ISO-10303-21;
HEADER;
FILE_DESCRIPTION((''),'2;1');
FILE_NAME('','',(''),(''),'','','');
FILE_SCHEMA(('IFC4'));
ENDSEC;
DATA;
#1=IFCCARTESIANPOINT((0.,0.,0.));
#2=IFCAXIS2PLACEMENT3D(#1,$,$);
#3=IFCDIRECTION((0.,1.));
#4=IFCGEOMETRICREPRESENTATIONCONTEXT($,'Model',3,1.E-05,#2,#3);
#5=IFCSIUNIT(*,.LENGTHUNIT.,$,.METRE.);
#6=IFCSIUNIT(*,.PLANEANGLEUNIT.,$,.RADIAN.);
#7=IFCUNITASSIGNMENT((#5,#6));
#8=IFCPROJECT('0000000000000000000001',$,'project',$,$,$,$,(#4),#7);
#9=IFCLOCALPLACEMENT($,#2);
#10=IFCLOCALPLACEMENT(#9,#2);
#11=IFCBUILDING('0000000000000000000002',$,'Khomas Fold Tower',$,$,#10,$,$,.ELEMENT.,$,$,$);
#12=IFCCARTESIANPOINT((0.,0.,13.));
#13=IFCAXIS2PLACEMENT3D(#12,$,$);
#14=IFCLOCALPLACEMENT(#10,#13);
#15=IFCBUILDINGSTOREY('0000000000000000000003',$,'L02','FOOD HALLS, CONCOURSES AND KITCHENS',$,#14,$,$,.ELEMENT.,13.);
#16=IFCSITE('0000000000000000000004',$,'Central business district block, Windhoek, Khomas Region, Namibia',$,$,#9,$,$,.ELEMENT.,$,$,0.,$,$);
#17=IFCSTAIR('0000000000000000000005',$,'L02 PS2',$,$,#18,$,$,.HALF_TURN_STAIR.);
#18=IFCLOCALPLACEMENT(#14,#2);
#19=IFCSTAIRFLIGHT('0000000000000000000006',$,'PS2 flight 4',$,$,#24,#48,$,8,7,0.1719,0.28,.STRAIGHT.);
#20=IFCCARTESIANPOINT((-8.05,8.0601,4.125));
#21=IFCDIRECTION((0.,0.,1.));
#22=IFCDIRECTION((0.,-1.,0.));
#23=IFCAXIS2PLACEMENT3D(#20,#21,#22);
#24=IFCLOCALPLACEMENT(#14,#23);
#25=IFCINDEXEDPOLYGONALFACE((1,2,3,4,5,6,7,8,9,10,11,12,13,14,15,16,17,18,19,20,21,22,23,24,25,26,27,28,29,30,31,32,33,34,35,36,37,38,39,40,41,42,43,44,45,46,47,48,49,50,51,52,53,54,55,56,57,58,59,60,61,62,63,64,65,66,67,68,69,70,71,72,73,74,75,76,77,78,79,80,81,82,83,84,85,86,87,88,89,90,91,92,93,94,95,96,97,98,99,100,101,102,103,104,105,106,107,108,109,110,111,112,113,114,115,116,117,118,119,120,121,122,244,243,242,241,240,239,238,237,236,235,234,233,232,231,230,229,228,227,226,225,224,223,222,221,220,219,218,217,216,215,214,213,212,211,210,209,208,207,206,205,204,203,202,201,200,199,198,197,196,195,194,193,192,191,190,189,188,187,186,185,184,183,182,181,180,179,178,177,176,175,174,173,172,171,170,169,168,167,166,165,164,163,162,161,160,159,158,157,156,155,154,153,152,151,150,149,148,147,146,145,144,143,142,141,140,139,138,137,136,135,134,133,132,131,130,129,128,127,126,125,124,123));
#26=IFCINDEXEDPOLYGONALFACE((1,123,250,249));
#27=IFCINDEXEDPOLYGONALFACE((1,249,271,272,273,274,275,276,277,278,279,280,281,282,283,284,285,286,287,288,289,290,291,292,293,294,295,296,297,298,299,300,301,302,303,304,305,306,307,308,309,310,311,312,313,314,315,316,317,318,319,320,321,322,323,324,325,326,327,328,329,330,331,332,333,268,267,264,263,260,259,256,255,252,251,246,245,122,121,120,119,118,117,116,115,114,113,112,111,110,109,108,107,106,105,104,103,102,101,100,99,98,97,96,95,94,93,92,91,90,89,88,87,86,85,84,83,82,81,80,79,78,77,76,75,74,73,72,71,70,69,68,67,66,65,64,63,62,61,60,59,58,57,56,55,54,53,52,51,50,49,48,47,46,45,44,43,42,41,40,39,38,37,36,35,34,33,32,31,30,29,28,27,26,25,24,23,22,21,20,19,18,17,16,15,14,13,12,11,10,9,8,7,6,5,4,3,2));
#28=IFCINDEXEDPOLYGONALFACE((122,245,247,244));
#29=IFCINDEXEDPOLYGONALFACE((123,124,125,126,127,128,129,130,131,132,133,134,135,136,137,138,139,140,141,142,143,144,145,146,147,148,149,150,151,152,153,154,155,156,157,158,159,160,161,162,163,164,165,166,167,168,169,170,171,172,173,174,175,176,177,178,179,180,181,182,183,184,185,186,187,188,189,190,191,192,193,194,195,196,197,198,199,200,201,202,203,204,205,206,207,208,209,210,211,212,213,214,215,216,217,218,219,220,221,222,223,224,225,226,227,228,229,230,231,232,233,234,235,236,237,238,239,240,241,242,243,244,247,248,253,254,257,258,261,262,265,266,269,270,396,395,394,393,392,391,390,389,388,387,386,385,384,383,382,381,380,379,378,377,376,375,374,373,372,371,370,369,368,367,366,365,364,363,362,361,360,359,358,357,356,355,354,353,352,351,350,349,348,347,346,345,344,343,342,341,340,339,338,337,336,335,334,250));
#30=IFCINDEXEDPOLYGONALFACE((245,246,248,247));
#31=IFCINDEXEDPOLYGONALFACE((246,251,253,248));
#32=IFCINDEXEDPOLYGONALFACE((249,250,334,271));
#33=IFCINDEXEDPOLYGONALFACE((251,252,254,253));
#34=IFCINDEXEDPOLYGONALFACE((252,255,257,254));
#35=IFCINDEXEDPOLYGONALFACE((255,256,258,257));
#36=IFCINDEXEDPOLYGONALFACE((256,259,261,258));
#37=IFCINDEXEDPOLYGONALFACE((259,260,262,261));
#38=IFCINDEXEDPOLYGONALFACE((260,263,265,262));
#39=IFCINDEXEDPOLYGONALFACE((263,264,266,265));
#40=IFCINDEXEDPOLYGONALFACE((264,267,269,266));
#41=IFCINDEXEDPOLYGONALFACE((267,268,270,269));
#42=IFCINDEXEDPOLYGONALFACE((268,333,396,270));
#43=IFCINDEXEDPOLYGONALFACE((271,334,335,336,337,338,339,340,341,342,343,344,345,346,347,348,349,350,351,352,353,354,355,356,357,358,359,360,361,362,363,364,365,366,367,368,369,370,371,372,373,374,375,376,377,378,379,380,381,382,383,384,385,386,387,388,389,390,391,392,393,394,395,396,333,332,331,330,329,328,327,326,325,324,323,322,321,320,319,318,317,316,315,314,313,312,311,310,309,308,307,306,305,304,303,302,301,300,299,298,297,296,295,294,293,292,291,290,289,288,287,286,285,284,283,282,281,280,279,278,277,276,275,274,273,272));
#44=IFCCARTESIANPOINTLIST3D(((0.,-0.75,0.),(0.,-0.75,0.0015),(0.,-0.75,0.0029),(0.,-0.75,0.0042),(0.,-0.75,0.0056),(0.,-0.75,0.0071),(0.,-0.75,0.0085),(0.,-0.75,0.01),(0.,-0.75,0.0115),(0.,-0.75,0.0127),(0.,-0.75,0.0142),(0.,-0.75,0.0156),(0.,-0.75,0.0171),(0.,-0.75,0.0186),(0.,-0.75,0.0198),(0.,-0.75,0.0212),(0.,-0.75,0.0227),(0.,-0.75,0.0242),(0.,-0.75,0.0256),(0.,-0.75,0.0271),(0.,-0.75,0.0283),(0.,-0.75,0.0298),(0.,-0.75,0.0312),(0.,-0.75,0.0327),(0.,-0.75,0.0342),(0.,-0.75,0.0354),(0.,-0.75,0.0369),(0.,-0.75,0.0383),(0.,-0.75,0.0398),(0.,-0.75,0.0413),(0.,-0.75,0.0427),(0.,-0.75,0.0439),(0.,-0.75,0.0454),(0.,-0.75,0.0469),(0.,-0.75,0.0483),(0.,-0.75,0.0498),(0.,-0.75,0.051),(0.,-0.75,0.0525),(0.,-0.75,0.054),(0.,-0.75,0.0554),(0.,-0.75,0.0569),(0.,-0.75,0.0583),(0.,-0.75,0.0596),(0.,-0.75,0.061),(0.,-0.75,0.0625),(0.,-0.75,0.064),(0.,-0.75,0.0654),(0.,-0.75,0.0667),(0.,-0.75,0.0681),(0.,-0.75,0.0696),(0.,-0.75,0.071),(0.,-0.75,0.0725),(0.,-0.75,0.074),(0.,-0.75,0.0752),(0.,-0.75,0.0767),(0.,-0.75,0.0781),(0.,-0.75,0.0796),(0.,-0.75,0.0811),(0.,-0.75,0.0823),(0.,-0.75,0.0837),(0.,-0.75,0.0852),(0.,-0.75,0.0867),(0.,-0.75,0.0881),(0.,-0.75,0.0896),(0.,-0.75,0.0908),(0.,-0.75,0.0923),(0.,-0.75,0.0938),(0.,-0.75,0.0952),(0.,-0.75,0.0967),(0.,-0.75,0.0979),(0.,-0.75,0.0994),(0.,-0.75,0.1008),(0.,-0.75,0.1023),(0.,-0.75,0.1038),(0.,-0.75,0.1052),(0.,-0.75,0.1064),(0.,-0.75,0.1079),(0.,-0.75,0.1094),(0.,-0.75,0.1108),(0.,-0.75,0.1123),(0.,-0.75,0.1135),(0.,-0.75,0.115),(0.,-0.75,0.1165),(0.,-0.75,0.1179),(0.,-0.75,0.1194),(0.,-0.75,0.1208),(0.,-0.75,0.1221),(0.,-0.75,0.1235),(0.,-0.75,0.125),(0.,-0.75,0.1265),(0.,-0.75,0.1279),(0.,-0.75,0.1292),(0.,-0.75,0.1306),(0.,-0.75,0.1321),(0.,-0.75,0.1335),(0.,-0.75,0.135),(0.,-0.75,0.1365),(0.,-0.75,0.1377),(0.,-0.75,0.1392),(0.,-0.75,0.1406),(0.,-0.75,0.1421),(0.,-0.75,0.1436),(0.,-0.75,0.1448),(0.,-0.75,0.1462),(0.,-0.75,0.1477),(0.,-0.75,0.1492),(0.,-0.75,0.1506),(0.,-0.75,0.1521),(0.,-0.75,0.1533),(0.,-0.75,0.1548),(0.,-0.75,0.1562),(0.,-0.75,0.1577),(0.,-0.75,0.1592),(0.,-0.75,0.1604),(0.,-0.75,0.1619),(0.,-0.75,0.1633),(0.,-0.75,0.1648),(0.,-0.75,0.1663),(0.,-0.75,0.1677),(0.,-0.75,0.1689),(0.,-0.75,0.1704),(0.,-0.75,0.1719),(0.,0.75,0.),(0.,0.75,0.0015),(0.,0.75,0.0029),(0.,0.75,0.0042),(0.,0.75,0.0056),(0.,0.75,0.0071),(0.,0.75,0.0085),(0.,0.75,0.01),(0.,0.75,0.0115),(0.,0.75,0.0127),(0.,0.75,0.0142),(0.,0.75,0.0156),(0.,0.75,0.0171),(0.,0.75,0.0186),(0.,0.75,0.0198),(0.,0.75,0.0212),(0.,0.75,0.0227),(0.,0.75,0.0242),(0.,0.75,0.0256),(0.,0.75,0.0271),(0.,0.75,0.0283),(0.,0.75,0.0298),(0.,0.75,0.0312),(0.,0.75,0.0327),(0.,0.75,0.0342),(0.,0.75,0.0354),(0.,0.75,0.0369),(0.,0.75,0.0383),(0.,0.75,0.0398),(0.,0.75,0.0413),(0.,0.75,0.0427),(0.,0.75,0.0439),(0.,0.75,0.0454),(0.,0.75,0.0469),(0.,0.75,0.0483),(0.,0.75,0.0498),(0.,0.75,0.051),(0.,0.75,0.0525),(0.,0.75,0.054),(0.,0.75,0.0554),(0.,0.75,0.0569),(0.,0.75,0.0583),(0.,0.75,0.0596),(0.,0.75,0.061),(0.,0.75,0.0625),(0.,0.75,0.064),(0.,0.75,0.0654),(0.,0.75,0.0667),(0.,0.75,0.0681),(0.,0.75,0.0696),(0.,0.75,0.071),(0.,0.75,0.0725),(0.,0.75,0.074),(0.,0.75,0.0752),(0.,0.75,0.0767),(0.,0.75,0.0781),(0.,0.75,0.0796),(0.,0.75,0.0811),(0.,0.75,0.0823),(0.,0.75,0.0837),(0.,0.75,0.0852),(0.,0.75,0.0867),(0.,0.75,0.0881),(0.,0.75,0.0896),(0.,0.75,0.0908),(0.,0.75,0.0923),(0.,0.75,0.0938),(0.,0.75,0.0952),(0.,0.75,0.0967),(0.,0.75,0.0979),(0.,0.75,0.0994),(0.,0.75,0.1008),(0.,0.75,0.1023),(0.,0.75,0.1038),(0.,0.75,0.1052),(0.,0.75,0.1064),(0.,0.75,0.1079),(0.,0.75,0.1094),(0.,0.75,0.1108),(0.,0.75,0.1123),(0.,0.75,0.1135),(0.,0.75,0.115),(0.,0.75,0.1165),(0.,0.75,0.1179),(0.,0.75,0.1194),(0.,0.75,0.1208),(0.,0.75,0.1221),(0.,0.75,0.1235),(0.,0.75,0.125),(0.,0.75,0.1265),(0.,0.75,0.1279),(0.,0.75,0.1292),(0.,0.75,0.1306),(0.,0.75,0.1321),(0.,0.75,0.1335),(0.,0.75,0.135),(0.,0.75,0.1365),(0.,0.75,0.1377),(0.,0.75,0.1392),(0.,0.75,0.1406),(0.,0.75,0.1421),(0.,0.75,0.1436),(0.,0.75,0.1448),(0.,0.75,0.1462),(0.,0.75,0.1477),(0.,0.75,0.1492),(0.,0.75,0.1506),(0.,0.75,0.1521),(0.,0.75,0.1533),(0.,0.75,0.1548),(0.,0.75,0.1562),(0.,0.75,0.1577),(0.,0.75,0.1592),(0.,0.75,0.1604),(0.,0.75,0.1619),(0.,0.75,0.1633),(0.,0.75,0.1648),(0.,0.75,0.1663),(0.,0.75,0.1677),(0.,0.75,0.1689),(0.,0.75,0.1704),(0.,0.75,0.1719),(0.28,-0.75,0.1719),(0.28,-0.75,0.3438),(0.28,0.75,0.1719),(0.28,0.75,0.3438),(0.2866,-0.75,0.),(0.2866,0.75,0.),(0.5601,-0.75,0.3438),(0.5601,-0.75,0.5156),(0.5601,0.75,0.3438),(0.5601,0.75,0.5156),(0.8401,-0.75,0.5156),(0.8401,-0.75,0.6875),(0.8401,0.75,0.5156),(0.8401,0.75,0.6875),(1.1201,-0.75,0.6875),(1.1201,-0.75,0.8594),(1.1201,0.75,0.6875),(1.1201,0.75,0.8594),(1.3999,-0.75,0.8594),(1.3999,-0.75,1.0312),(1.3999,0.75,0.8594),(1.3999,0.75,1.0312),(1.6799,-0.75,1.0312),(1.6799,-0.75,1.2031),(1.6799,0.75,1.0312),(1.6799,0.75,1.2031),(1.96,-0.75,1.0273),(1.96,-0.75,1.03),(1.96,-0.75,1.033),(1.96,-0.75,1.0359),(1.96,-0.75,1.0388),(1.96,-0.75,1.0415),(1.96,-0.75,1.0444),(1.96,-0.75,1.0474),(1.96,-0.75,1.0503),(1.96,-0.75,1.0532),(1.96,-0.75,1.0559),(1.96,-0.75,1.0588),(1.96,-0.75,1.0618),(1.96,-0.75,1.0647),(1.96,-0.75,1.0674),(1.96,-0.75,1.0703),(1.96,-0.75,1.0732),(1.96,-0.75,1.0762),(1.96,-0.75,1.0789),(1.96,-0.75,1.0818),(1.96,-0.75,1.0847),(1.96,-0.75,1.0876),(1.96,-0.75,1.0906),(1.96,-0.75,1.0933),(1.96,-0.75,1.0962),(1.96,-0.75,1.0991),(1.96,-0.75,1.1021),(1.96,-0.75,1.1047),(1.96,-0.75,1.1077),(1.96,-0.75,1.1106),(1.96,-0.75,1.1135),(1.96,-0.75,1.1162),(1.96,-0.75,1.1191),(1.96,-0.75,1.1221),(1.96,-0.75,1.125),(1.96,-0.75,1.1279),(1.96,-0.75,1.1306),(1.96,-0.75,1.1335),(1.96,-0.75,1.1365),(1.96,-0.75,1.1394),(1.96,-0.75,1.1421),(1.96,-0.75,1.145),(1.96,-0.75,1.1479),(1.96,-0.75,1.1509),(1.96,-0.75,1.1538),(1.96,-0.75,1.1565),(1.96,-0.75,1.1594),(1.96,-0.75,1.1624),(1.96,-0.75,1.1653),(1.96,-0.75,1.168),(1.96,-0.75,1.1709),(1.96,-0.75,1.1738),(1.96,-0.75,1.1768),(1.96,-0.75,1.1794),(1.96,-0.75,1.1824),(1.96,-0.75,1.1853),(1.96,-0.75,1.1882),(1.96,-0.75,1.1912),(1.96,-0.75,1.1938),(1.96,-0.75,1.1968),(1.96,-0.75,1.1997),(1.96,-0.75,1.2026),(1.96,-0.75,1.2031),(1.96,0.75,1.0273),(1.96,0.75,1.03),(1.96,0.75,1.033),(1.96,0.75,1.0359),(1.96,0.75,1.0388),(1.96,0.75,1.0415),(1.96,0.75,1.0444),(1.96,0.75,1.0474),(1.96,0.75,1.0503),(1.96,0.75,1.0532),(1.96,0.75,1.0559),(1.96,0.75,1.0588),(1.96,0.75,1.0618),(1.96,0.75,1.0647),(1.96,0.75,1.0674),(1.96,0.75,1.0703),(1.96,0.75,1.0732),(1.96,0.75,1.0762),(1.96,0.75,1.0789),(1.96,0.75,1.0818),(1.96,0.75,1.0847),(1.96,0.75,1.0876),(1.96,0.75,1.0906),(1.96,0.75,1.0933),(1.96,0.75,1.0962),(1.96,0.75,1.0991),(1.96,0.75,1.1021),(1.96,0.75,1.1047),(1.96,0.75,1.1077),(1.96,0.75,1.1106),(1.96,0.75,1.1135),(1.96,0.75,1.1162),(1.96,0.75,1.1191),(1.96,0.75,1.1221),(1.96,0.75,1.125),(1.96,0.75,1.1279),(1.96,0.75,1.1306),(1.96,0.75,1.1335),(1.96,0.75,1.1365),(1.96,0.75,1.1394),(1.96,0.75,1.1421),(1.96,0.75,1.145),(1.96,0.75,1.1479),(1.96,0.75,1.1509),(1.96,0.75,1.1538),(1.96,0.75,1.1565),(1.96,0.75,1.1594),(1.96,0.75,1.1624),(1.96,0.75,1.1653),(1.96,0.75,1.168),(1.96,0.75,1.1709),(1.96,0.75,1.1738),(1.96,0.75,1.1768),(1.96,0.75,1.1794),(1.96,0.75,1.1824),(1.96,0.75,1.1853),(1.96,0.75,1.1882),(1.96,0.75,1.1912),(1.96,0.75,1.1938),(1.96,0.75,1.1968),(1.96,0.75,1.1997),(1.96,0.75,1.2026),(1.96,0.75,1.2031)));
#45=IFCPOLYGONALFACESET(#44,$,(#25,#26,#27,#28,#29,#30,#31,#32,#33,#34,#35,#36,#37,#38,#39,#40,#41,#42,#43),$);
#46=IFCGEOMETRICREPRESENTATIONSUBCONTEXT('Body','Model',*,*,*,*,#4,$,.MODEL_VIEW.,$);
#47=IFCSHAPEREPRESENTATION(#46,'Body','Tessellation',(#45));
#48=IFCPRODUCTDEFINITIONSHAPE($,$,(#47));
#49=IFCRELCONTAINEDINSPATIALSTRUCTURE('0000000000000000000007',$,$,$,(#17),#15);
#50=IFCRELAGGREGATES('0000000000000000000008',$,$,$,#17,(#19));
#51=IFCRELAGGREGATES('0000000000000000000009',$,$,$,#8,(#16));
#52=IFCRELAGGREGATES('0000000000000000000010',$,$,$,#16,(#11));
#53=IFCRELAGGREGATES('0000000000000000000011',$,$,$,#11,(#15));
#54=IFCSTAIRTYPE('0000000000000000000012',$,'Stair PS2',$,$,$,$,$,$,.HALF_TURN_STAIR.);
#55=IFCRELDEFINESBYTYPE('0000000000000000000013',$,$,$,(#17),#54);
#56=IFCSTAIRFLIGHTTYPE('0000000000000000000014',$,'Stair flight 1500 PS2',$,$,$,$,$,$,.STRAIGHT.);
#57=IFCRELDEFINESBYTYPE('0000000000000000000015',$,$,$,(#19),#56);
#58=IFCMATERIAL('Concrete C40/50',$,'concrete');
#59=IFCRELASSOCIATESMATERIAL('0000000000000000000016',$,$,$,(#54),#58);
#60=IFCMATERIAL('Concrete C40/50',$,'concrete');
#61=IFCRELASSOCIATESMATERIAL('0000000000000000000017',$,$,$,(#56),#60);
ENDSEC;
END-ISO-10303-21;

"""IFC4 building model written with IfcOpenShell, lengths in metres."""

from ifc_helpers import new_model, si_unit, direction, frame, origin, place, context, subcontext, project, spatial, polyline, outline, extrude, source, transform, mapped, material, type_object, element, aggregate, save


model = new_model("IFC4")

# Units and contexts
model_context = context("Model", 3, precision=1e-05, world=origin(), true_north=direction((0.0, 1.0)))
body_context = subcontext(model_context, "Body", "Model", "MODEL_VIEW")
ifc_project = project(units=[si_unit("LENGTHUNIT", "METRE"), si_unit("PLANEANGLEUNIT", "RADIAN")], contexts=[model_context])

# Site, building, storey
site_placement = place(None, origin())
site = spatial("IfcSite", under=ifc_project, at=site_placement, Name="Central business district block, Windhoek, Khomas Region, Namibia", CompositionType="ELEMENT", RefElevation=0.0)
building_placement = place(site_placement, origin())
building = spatial("IfcBuilding", under=site, at=building_placement, Name="Khomas Fold Tower", CompositionType="ELEMENT")
storey_placement = place(building_placement, frame((0.0, 0.0, 13.0)))
storey = spatial("IfcBuildingStorey", under=building, at=storey_placement, Name="L02", Description="FOOD HALLS, CONCOURSES AND KITCHENS", CompositionType="ELEMENT", Elevation=13.0)

# Stair, stair flight
ifc_material_1 = material(Name="Concrete C40/50", Category="concrete")
stair_type = type_object("IfcStairType", Name="Stair PS2", PredefinedType="HALF_TURN_STAIR", material=ifc_material_1)
stair_placement = place(storey_placement, origin())
stair = element("IfcStair", 1, at=stair_placement, inside=storey, type_object=stair_type, Name="L02 PS2", PredefinedType="HALF_TURN_STAIR")
ifc_material_2 = material(Name="Concrete C40/50", Category="concrete")
stair_flight_type = type_object("IfcStairFlightType", Name="Stair flight 1500 PS2", PredefinedType="STRAIGHT", material=ifc_material_2)
shared_shape_1 = source(origin(), body_context, "Body", "SweptSolid", [
    extrude(outline(polyline([(0.0, 0.0), (0.0, 0.0015), (0.0, 0.0029), (0.0, 0.0042), (0.0, 0.0056), (0.0, 0.0071), (0.0, 0.0085), (0.0, 0.01), (0.0, 0.0115), (0.0, 0.0127), (0.0, 0.0142), (0.0, 0.0156), (0.0, 0.0171), (0.0, 0.0186), (0.0, 0.0198), (0.0, 0.0212), (0.0, 0.0227), (0.0, 0.0242), (0.0, 0.0256), (0.0, 0.0271), (0.0, 0.0283), (0.0, 0.0298), (0.0, 0.0312), (0.0, 0.0327), (0.0, 0.0342), (0.0, 0.0354), (0.0, 0.0369), (0.0, 0.0383), (0.0, 0.0398), (0.0, 0.0413), (0.0, 0.0427), (0.0, 0.0439), (0.0, 0.0454), (0.0, 0.0469), (0.0, 0.0483), (0.0, 0.0498), (0.0, 0.051), (0.0, 0.0525), (0.0, 0.054), (0.0, 0.0554), (0.0, 0.0569), (0.0, 0.0583), (0.0, 0.0596), (0.0, 0.061), (0.0, 0.0625), (0.0, 0.064), (0.0, 0.0654), (0.0, 0.0667), (0.0, 0.0681), (0.0, 0.0696), (0.0, 0.071), (0.0, 0.0725), (0.0, 0.074), (0.0, 0.0752), (0.0, 0.0767), (0.0, 0.0781), (0.0, 0.0796), (0.0, 0.0811), (0.0, 0.0823), (0.0, 0.0837), (0.0, 0.0852), (0.0, 0.0867), (0.0, 0.0881), (0.0, 0.0896), (0.0, 0.0908), (0.0, 0.0923), (0.0, 0.0938), (0.0, 0.0952), (0.0, 0.0967), (0.0, 0.0979), (0.0, 0.0994), (0.0, 0.1008), (0.0, 0.1023), (0.0, 0.1038), (0.0, 0.1052), (0.0, 0.1064), (0.0, 0.1079), (0.0, 0.1094), (0.0, 0.1108), (0.0, 0.1123), (0.0, 0.1135), (0.0, 0.115), (0.0, 0.1165), (0.0, 0.1179), (0.0, 0.1194), (0.0, 0.1208), (0.0, 0.1221), (0.0, 0.1235), (0.0, 0.125), (0.0, 0.1265), (0.0, 0.1279), (0.0, 0.1292), (0.0, 0.1306), (0.0, 0.1321), (0.0, 0.1335), (0.0, 0.135), (0.0, 0.1365), (0.0, 0.1377), (0.0, 0.1392), (0.0, 0.1406), (0.0, 0.1421), (0.0, 0.1436), (0.0, 0.1448), (0.0, 0.1462), (0.0, 0.1477), (0.0, 0.1492), (0.0, 0.1506), (0.0, 0.1521), (0.0, 0.1533), (0.0, 0.1548), (0.0, 0.1562), (0.0, 0.1577), (0.0, 0.1592), (0.0, 0.1604), (0.0, 0.1619), (0.0, 0.1633), (0.0, 0.1648), (0.0, 0.1663), (0.0, 0.1677), (0.0, 0.1689), (0.0, 0.1704), (0.0, 0.1719), (0.28, 0.1719), (0.28, 0.3438), (0.5601, 0.3438), (0.5601, 0.5156), (0.8401, 0.5156), (0.8401, 0.6875), (1.1201, 0.6875), (1.1201, 0.8594), (1.3999, 0.8594), (1.3999, 1.0312), (1.6799, 1.0312), (1.6799, 1.2031), (1.96, 1.2031), (1.96, 1.375), (1.96, 1.3721), (1.96, 1.3691), (1.96, 1.3665), (1.96, 1.3635), (1.96, 1.3606), (1.96, 1.3577), (1.96, 1.355), (1.96, 1.3521), (1.96, 1.3491), (1.96, 1.3462), (1.96, 1.3435), (1.96, 1.3406), (1.96, 1.3376), (1.96, 1.3347), (1.96, 1.3318), (1.96, 1.3291), (1.96, 1.3262), (1.96, 1.3232), (1.96, 1.3203), (1.96, 1.3176), (1.96, 1.3147), (1.96, 1.3118), (1.96, 1.3088), (1.96, 1.3059), (1.96, 1.3032), (1.96, 1.3003), (1.96, 1.2974), (1.96, 1.2944), (1.96, 1.2917), (1.96, 1.2888), (1.96, 1.2859), (1.96, 1.283), (1.96, 1.2803), (1.96, 1.2773), (1.96, 1.2744), (1.96, 1.2715), (1.96, 1.2686), (1.96, 1.2659), (1.96, 1.2629), (1.96, 1.26), (1.96, 1.2571), (1.96, 1.2544), (1.96, 1.2515), (1.96, 1.2485), (1.96, 1.2456), (1.96, 1.2427), (1.96, 1.24), (1.96, 1.2371), (1.96, 1.2341), (1.96, 1.2312), (1.96, 1.2285), (1.96, 1.2256), (1.96, 1.2227), (1.96, 1.2197), (1.96, 1.217), (1.96, 1.2141), (1.96, 1.2112), (1.96, 1.2083), (1.96, 1.2053), (1.96, 1.2026), (1.96, 1.1997), (1.96, 1.1968), (1.96, 1.1938), (1.96, 1.1912), (1.96, 1.1882), (1.96, 1.1853), (1.96, 1.1824), (1.96, 1.1794), (1.96, 1.1768), (1.96, 1.1738), (1.96, 1.1709), (1.96, 1.168), (1.96, 1.1653), (1.96, 1.1624), (1.96, 1.1594), (1.96, 1.1565), (1.96, 1.1538), (1.96, 1.1509), (1.96, 1.1479), (1.96, 1.145), (1.96, 1.1421), (1.96, 1.1394), (1.96, 1.1365), (1.96, 1.1335), (1.96, 1.1306), (1.96, 1.1279), (1.96, 1.125), (1.96, 1.1221), (1.96, 1.1191), (1.96, 1.1162), (1.96, 1.1135), (1.96, 1.1106), (1.96, 1.1077), (1.96, 1.1047), (1.96, 1.1021), (1.96, 1.0991), (1.96, 1.0962), (1.96, 1.0933), (1.96, 1.0906), (1.96, 1.0876), (1.96, 1.0847), (1.96, 1.0818), (1.96, 1.0789), (1.96, 1.0762), (1.96, 1.0732), (1.96, 1.0703), (1.96, 1.0674), (1.96, 1.0647), (1.96, 1.0618), (1.96, 1.0588), (1.96, 1.0559), (1.96, 1.0532), (1.96, 1.0503), (1.96, 1.0474), (1.96, 1.0444), (1.96, 1.0415), (1.96, 1.0388), (1.96, 1.0359), (1.96, 1.033), (1.96, 1.03), (1.96, 1.0273), (0.2866, 0.0), (0.0, 0.0)])), frame((0.0, 0.75, 0.0), z_axis=(0.0, -1.0, 0.0), x_axis=(1.0, 0.0, 0.0)), (0.0, 0.0, 1.0), 1.5),
])
stair_flight_1_placement = place(storey_placement, frame((-8.05, 8.0601, 4.125), z_axis=(0.0, 0.0, 1.0), x_axis=(0.0, -1.0, 0.0)))
stair_flight_1 = element("IfcStairFlight", 2, at=stair_flight_1_placement, type_object=stair_flight_type, Name="PS2 flight 4", NumberOfRisers=8, NumberOfTreads=7, PredefinedType="STRAIGHT", RiserHeight=0.1719, TreadLength=0.28, context=body_context, shape_type="MappedRepresentation", body=[
    mapped(shared_shape_1, transform((0.0, 0.0, 0.0))),
])
aggregate(stair, [stair_flight_1])

save(model, "model.ifc")
